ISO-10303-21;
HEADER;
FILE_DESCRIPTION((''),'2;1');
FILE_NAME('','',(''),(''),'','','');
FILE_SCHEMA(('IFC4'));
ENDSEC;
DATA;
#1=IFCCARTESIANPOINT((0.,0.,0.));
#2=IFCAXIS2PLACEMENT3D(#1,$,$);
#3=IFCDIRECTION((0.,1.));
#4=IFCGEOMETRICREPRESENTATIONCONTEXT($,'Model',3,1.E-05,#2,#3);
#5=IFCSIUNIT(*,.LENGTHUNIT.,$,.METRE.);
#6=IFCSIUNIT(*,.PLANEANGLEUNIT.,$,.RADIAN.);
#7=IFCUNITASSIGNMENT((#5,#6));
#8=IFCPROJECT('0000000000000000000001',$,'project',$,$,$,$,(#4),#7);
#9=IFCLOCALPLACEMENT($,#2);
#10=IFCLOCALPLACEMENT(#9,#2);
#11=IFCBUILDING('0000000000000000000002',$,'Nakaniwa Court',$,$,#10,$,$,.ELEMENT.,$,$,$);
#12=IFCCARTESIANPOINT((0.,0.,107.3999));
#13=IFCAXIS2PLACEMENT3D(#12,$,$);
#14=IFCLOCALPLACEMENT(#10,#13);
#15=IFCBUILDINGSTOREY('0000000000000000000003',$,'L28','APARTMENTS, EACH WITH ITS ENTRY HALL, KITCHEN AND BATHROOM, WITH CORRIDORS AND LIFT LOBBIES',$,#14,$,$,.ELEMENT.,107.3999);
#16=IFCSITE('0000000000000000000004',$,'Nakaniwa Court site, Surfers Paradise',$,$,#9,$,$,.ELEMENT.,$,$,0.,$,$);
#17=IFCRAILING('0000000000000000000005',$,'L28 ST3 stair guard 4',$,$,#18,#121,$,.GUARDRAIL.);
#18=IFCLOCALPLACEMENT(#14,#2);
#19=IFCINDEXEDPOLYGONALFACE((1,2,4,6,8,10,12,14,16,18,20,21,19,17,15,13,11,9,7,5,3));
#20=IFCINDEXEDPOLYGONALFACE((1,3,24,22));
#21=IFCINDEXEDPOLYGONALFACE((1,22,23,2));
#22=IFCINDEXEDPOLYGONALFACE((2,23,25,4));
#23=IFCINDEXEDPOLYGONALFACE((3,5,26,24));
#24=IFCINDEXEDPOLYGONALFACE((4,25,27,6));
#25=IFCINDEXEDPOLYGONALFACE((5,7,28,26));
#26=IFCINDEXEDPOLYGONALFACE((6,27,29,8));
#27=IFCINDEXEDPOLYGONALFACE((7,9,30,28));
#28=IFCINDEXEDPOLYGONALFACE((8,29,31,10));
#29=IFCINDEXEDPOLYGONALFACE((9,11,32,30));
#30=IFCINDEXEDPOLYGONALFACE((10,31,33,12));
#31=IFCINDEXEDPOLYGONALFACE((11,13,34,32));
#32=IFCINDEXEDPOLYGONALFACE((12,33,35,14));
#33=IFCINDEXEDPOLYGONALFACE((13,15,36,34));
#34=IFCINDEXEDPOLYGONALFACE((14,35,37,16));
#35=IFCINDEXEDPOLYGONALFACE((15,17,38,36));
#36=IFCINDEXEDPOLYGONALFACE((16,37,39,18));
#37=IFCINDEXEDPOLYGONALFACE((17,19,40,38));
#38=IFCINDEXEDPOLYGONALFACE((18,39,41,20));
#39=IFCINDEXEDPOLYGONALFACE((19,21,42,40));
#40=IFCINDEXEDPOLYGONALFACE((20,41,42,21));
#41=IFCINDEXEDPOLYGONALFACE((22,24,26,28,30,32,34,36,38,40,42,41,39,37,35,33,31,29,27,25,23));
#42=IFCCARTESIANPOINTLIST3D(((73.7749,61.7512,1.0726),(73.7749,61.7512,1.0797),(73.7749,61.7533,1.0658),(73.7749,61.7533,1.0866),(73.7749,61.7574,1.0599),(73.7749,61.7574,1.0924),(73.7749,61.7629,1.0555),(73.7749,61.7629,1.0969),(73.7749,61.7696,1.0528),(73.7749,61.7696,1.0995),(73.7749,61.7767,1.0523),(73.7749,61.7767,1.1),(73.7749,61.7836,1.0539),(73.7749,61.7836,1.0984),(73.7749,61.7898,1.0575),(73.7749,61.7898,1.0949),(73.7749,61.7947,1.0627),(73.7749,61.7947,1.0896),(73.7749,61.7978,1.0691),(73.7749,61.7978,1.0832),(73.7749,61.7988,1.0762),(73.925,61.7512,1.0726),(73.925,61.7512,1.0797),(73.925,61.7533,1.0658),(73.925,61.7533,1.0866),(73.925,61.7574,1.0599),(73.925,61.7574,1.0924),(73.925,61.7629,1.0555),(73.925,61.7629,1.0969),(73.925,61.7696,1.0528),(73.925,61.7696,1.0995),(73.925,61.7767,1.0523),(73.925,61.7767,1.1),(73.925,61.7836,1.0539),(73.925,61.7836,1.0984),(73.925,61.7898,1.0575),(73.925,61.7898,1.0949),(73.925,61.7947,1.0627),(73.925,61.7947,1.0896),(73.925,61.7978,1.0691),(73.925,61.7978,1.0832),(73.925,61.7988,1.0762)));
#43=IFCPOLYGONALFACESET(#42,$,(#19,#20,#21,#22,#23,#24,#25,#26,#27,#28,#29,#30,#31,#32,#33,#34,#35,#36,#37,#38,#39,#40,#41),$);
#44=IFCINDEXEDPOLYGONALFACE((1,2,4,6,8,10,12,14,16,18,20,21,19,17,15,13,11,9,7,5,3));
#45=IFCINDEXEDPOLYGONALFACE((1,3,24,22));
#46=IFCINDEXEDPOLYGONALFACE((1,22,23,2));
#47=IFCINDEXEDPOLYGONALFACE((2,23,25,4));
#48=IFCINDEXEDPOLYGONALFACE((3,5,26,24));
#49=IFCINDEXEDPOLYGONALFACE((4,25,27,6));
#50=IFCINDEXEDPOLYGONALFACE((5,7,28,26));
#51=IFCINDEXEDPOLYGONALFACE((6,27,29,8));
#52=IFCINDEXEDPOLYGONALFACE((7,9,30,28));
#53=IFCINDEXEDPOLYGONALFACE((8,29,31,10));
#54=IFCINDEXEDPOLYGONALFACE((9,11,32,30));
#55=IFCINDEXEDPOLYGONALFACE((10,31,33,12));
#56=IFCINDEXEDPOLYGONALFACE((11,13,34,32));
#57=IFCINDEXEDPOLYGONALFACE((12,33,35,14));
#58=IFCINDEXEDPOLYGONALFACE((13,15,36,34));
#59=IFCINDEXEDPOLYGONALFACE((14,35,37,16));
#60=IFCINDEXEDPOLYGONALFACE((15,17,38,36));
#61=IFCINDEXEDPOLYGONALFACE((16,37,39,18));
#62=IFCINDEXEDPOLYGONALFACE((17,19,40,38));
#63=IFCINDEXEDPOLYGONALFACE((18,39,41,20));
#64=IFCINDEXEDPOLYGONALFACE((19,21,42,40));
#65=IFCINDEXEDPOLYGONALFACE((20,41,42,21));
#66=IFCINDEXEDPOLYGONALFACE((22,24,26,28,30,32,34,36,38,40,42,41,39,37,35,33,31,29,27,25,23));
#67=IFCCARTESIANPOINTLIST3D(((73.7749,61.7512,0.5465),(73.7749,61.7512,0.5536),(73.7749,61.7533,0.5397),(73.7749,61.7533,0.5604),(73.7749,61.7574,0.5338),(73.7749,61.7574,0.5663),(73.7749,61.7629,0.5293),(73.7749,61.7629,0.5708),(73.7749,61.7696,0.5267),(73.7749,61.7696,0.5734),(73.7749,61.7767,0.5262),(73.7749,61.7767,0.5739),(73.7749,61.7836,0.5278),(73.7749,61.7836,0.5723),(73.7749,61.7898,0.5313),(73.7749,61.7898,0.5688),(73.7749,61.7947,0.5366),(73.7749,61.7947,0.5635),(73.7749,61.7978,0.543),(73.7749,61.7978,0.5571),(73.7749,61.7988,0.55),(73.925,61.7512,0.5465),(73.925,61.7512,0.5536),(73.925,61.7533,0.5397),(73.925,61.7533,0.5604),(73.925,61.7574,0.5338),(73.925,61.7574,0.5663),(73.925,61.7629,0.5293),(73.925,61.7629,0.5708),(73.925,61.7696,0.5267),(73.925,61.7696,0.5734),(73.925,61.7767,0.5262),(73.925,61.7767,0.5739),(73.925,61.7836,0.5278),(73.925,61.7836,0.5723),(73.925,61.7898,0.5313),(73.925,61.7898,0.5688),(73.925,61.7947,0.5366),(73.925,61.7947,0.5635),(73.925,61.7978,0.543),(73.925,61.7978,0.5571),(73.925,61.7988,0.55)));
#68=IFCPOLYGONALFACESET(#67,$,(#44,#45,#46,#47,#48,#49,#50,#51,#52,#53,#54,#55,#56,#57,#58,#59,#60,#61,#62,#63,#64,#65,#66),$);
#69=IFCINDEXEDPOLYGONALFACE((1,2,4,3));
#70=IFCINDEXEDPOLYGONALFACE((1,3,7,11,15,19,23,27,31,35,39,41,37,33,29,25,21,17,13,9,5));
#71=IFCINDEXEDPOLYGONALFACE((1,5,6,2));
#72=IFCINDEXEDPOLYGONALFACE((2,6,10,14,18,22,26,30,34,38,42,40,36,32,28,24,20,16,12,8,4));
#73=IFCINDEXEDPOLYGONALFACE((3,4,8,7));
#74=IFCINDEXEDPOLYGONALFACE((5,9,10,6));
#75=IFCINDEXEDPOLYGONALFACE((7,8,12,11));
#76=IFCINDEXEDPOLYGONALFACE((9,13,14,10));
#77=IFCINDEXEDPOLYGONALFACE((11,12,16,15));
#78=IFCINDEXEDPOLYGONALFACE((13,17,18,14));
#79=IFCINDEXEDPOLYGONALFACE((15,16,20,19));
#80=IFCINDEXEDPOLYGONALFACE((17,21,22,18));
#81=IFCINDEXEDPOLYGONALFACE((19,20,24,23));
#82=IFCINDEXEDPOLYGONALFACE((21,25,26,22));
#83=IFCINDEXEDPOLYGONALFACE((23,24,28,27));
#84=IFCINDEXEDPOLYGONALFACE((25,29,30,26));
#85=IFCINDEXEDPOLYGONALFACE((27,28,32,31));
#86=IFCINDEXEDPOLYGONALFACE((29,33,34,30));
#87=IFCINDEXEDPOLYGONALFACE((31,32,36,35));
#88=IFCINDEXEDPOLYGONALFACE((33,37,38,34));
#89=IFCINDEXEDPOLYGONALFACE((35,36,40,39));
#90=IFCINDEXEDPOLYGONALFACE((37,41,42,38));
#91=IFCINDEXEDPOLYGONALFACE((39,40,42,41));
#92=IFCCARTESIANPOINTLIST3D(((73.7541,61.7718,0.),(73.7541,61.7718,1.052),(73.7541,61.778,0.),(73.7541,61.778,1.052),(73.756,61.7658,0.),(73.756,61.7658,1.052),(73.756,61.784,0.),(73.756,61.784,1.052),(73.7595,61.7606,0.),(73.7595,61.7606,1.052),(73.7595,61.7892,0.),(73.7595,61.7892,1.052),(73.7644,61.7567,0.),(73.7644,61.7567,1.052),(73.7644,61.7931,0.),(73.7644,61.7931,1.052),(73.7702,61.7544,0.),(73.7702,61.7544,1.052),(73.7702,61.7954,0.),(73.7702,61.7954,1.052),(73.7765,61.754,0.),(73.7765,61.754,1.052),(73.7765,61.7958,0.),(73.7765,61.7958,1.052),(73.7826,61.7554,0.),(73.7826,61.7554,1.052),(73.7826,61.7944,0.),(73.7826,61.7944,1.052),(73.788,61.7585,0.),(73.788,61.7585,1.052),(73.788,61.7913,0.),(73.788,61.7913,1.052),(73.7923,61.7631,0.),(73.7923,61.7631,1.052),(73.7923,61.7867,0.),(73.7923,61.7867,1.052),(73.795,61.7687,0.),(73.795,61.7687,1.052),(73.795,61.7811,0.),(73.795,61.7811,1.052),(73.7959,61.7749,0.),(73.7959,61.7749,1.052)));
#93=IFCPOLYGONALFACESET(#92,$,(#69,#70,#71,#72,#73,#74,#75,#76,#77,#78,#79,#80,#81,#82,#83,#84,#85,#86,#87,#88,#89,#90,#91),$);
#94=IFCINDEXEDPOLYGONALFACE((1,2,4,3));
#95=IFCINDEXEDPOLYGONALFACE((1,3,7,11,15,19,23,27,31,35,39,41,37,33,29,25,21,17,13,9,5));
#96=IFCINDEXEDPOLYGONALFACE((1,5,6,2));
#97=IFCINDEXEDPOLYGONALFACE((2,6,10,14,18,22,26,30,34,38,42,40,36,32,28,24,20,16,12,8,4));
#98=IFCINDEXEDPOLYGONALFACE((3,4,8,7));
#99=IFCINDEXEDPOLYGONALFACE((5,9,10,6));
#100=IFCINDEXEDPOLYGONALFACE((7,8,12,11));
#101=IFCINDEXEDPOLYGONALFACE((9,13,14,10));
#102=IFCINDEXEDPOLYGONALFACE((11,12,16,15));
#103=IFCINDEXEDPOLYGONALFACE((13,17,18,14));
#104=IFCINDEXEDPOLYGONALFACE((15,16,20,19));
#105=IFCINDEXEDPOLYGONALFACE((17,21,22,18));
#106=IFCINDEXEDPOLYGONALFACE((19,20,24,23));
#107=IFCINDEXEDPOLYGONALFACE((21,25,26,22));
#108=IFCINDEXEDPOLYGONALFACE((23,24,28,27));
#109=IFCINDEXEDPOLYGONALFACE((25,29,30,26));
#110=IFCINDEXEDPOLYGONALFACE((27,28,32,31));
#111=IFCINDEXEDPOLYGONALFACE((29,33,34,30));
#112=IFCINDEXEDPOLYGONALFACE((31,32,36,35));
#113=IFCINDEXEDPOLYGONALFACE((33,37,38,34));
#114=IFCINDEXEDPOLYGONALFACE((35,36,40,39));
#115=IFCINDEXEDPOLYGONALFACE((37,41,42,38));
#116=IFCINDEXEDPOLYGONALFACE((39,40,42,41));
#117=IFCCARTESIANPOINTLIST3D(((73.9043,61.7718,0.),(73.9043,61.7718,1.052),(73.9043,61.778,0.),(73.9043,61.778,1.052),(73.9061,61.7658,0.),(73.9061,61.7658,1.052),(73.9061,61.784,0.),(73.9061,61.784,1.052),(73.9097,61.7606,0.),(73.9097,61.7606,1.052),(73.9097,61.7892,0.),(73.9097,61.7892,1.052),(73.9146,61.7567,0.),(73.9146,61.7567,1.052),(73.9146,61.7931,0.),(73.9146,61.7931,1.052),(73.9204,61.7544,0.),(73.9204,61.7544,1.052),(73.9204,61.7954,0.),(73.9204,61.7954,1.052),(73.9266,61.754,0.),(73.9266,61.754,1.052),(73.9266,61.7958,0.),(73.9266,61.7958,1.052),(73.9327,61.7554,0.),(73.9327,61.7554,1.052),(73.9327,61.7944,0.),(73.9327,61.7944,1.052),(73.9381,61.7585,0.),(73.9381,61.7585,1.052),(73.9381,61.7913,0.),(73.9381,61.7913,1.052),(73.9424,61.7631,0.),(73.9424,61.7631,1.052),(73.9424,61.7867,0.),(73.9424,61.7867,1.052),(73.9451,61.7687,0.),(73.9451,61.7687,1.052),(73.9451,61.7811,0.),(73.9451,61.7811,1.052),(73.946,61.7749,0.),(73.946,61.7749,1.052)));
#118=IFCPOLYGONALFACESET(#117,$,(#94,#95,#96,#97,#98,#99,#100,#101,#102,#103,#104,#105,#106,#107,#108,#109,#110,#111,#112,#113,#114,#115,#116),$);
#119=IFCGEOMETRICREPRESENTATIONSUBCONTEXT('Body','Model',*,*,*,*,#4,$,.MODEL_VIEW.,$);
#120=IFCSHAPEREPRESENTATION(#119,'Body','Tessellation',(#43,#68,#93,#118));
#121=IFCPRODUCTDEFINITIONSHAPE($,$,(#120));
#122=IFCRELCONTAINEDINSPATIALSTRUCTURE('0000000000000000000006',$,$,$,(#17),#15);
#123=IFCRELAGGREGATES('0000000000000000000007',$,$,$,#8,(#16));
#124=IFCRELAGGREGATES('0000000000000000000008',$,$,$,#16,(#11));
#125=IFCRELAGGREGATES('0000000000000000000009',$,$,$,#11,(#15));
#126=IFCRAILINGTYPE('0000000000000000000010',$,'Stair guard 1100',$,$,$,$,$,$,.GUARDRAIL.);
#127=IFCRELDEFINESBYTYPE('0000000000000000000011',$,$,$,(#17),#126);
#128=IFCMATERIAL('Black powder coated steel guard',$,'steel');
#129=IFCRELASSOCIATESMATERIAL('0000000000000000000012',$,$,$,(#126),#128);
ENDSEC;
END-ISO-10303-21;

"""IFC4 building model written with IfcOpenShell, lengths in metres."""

from ifc_helpers import new_model, si_unit, direction, frame, origin, origin_2d, place, context, subcontext, project, spatial, circle, extrude, material, type_object, element, save


model = new_model("IFC4")

# Units and contexts
model_context = context("Model", 3, precision=1e-05, world=origin(), true_north=direction((0.0, 1.0)))
body_context = subcontext(model_context, "Body", "Model", "MODEL_VIEW")
ifc_project = project(units=[si_unit("LENGTHUNIT", "METRE"), si_unit("PLANEANGLEUNIT", "RADIAN")], contexts=[model_context])

# Site, building, storey
site_placement = place(None, origin())
site = spatial("IfcSite", under=ifc_project, at=site_placement, Name="Nakaniwa Court site, Surfers Paradise", CompositionType="ELEMENT", RefElevation=0.0)
building_placement = place(site_placement, origin())
building = spatial("IfcBuilding", under=site, at=building_placement, Name="Nakaniwa Court", CompositionType="ELEMENT")
storey_placement = place(building_placement, frame((0.0, 0.0, 107.3999)))
storey = spatial("IfcBuildingStorey", under=building, at=storey_placement, Name="L28", Description="APARTMENTS, EACH WITH ITS ENTRY HALL, KITCHEN AND BATHROOM, WITH CORRIDORS AND LIFT LOBBIES", CompositionType="ELEMENT", Elevation=107.3999)

# Railing
ifc_material_1 = material(Name="Black powder coated steel guard", Category="steel")
railing_type_1 = type_object("IfcRailingType", Name="Stair guard 1100", PredefinedType="GUARDRAIL", material=ifc_material_1)
railing_1_placement = place(storey_placement, frame((73.7749, 61.7749, 0.0)))
element("IfcRailing", 1, at=railing_1_placement, inside=storey, type_object=railing_type_1, Name="L28 ST3 stair guard 4", PredefinedType="GUARDRAIL", context=body_context, shape_type="SweptSolid", body=[
    extrude(circle(Radius=0.0239, at=origin_2d()), frame((0.0, 0.0, 1.0762), z_axis=(1.0, 0.0, 0.0), x_axis=(0.0, 1.0, 0.0)), (0.0, 0.0, 1.0), 0.1501),
    extrude(circle(Radius=0.0239, at=origin_2d()), frame((0.0, 0.0, 0.55), z_axis=(1.0, 0.0, 0.0), x_axis=(0.0, 1.0, 0.0)), (0.0, 0.0, 1.0), 0.1501),
    extrude(circle(Radius=0.021, at=origin_2d()), origin(), (0.0, 0.0, 1.0), 1.052),
    extrude(circle(Radius=0.021, at=origin_2d()), frame((0.1501, 0.0, 0.0)), (0.0, 0.0, 1.0), 1.052),
])

save(model, "model.ifc")
